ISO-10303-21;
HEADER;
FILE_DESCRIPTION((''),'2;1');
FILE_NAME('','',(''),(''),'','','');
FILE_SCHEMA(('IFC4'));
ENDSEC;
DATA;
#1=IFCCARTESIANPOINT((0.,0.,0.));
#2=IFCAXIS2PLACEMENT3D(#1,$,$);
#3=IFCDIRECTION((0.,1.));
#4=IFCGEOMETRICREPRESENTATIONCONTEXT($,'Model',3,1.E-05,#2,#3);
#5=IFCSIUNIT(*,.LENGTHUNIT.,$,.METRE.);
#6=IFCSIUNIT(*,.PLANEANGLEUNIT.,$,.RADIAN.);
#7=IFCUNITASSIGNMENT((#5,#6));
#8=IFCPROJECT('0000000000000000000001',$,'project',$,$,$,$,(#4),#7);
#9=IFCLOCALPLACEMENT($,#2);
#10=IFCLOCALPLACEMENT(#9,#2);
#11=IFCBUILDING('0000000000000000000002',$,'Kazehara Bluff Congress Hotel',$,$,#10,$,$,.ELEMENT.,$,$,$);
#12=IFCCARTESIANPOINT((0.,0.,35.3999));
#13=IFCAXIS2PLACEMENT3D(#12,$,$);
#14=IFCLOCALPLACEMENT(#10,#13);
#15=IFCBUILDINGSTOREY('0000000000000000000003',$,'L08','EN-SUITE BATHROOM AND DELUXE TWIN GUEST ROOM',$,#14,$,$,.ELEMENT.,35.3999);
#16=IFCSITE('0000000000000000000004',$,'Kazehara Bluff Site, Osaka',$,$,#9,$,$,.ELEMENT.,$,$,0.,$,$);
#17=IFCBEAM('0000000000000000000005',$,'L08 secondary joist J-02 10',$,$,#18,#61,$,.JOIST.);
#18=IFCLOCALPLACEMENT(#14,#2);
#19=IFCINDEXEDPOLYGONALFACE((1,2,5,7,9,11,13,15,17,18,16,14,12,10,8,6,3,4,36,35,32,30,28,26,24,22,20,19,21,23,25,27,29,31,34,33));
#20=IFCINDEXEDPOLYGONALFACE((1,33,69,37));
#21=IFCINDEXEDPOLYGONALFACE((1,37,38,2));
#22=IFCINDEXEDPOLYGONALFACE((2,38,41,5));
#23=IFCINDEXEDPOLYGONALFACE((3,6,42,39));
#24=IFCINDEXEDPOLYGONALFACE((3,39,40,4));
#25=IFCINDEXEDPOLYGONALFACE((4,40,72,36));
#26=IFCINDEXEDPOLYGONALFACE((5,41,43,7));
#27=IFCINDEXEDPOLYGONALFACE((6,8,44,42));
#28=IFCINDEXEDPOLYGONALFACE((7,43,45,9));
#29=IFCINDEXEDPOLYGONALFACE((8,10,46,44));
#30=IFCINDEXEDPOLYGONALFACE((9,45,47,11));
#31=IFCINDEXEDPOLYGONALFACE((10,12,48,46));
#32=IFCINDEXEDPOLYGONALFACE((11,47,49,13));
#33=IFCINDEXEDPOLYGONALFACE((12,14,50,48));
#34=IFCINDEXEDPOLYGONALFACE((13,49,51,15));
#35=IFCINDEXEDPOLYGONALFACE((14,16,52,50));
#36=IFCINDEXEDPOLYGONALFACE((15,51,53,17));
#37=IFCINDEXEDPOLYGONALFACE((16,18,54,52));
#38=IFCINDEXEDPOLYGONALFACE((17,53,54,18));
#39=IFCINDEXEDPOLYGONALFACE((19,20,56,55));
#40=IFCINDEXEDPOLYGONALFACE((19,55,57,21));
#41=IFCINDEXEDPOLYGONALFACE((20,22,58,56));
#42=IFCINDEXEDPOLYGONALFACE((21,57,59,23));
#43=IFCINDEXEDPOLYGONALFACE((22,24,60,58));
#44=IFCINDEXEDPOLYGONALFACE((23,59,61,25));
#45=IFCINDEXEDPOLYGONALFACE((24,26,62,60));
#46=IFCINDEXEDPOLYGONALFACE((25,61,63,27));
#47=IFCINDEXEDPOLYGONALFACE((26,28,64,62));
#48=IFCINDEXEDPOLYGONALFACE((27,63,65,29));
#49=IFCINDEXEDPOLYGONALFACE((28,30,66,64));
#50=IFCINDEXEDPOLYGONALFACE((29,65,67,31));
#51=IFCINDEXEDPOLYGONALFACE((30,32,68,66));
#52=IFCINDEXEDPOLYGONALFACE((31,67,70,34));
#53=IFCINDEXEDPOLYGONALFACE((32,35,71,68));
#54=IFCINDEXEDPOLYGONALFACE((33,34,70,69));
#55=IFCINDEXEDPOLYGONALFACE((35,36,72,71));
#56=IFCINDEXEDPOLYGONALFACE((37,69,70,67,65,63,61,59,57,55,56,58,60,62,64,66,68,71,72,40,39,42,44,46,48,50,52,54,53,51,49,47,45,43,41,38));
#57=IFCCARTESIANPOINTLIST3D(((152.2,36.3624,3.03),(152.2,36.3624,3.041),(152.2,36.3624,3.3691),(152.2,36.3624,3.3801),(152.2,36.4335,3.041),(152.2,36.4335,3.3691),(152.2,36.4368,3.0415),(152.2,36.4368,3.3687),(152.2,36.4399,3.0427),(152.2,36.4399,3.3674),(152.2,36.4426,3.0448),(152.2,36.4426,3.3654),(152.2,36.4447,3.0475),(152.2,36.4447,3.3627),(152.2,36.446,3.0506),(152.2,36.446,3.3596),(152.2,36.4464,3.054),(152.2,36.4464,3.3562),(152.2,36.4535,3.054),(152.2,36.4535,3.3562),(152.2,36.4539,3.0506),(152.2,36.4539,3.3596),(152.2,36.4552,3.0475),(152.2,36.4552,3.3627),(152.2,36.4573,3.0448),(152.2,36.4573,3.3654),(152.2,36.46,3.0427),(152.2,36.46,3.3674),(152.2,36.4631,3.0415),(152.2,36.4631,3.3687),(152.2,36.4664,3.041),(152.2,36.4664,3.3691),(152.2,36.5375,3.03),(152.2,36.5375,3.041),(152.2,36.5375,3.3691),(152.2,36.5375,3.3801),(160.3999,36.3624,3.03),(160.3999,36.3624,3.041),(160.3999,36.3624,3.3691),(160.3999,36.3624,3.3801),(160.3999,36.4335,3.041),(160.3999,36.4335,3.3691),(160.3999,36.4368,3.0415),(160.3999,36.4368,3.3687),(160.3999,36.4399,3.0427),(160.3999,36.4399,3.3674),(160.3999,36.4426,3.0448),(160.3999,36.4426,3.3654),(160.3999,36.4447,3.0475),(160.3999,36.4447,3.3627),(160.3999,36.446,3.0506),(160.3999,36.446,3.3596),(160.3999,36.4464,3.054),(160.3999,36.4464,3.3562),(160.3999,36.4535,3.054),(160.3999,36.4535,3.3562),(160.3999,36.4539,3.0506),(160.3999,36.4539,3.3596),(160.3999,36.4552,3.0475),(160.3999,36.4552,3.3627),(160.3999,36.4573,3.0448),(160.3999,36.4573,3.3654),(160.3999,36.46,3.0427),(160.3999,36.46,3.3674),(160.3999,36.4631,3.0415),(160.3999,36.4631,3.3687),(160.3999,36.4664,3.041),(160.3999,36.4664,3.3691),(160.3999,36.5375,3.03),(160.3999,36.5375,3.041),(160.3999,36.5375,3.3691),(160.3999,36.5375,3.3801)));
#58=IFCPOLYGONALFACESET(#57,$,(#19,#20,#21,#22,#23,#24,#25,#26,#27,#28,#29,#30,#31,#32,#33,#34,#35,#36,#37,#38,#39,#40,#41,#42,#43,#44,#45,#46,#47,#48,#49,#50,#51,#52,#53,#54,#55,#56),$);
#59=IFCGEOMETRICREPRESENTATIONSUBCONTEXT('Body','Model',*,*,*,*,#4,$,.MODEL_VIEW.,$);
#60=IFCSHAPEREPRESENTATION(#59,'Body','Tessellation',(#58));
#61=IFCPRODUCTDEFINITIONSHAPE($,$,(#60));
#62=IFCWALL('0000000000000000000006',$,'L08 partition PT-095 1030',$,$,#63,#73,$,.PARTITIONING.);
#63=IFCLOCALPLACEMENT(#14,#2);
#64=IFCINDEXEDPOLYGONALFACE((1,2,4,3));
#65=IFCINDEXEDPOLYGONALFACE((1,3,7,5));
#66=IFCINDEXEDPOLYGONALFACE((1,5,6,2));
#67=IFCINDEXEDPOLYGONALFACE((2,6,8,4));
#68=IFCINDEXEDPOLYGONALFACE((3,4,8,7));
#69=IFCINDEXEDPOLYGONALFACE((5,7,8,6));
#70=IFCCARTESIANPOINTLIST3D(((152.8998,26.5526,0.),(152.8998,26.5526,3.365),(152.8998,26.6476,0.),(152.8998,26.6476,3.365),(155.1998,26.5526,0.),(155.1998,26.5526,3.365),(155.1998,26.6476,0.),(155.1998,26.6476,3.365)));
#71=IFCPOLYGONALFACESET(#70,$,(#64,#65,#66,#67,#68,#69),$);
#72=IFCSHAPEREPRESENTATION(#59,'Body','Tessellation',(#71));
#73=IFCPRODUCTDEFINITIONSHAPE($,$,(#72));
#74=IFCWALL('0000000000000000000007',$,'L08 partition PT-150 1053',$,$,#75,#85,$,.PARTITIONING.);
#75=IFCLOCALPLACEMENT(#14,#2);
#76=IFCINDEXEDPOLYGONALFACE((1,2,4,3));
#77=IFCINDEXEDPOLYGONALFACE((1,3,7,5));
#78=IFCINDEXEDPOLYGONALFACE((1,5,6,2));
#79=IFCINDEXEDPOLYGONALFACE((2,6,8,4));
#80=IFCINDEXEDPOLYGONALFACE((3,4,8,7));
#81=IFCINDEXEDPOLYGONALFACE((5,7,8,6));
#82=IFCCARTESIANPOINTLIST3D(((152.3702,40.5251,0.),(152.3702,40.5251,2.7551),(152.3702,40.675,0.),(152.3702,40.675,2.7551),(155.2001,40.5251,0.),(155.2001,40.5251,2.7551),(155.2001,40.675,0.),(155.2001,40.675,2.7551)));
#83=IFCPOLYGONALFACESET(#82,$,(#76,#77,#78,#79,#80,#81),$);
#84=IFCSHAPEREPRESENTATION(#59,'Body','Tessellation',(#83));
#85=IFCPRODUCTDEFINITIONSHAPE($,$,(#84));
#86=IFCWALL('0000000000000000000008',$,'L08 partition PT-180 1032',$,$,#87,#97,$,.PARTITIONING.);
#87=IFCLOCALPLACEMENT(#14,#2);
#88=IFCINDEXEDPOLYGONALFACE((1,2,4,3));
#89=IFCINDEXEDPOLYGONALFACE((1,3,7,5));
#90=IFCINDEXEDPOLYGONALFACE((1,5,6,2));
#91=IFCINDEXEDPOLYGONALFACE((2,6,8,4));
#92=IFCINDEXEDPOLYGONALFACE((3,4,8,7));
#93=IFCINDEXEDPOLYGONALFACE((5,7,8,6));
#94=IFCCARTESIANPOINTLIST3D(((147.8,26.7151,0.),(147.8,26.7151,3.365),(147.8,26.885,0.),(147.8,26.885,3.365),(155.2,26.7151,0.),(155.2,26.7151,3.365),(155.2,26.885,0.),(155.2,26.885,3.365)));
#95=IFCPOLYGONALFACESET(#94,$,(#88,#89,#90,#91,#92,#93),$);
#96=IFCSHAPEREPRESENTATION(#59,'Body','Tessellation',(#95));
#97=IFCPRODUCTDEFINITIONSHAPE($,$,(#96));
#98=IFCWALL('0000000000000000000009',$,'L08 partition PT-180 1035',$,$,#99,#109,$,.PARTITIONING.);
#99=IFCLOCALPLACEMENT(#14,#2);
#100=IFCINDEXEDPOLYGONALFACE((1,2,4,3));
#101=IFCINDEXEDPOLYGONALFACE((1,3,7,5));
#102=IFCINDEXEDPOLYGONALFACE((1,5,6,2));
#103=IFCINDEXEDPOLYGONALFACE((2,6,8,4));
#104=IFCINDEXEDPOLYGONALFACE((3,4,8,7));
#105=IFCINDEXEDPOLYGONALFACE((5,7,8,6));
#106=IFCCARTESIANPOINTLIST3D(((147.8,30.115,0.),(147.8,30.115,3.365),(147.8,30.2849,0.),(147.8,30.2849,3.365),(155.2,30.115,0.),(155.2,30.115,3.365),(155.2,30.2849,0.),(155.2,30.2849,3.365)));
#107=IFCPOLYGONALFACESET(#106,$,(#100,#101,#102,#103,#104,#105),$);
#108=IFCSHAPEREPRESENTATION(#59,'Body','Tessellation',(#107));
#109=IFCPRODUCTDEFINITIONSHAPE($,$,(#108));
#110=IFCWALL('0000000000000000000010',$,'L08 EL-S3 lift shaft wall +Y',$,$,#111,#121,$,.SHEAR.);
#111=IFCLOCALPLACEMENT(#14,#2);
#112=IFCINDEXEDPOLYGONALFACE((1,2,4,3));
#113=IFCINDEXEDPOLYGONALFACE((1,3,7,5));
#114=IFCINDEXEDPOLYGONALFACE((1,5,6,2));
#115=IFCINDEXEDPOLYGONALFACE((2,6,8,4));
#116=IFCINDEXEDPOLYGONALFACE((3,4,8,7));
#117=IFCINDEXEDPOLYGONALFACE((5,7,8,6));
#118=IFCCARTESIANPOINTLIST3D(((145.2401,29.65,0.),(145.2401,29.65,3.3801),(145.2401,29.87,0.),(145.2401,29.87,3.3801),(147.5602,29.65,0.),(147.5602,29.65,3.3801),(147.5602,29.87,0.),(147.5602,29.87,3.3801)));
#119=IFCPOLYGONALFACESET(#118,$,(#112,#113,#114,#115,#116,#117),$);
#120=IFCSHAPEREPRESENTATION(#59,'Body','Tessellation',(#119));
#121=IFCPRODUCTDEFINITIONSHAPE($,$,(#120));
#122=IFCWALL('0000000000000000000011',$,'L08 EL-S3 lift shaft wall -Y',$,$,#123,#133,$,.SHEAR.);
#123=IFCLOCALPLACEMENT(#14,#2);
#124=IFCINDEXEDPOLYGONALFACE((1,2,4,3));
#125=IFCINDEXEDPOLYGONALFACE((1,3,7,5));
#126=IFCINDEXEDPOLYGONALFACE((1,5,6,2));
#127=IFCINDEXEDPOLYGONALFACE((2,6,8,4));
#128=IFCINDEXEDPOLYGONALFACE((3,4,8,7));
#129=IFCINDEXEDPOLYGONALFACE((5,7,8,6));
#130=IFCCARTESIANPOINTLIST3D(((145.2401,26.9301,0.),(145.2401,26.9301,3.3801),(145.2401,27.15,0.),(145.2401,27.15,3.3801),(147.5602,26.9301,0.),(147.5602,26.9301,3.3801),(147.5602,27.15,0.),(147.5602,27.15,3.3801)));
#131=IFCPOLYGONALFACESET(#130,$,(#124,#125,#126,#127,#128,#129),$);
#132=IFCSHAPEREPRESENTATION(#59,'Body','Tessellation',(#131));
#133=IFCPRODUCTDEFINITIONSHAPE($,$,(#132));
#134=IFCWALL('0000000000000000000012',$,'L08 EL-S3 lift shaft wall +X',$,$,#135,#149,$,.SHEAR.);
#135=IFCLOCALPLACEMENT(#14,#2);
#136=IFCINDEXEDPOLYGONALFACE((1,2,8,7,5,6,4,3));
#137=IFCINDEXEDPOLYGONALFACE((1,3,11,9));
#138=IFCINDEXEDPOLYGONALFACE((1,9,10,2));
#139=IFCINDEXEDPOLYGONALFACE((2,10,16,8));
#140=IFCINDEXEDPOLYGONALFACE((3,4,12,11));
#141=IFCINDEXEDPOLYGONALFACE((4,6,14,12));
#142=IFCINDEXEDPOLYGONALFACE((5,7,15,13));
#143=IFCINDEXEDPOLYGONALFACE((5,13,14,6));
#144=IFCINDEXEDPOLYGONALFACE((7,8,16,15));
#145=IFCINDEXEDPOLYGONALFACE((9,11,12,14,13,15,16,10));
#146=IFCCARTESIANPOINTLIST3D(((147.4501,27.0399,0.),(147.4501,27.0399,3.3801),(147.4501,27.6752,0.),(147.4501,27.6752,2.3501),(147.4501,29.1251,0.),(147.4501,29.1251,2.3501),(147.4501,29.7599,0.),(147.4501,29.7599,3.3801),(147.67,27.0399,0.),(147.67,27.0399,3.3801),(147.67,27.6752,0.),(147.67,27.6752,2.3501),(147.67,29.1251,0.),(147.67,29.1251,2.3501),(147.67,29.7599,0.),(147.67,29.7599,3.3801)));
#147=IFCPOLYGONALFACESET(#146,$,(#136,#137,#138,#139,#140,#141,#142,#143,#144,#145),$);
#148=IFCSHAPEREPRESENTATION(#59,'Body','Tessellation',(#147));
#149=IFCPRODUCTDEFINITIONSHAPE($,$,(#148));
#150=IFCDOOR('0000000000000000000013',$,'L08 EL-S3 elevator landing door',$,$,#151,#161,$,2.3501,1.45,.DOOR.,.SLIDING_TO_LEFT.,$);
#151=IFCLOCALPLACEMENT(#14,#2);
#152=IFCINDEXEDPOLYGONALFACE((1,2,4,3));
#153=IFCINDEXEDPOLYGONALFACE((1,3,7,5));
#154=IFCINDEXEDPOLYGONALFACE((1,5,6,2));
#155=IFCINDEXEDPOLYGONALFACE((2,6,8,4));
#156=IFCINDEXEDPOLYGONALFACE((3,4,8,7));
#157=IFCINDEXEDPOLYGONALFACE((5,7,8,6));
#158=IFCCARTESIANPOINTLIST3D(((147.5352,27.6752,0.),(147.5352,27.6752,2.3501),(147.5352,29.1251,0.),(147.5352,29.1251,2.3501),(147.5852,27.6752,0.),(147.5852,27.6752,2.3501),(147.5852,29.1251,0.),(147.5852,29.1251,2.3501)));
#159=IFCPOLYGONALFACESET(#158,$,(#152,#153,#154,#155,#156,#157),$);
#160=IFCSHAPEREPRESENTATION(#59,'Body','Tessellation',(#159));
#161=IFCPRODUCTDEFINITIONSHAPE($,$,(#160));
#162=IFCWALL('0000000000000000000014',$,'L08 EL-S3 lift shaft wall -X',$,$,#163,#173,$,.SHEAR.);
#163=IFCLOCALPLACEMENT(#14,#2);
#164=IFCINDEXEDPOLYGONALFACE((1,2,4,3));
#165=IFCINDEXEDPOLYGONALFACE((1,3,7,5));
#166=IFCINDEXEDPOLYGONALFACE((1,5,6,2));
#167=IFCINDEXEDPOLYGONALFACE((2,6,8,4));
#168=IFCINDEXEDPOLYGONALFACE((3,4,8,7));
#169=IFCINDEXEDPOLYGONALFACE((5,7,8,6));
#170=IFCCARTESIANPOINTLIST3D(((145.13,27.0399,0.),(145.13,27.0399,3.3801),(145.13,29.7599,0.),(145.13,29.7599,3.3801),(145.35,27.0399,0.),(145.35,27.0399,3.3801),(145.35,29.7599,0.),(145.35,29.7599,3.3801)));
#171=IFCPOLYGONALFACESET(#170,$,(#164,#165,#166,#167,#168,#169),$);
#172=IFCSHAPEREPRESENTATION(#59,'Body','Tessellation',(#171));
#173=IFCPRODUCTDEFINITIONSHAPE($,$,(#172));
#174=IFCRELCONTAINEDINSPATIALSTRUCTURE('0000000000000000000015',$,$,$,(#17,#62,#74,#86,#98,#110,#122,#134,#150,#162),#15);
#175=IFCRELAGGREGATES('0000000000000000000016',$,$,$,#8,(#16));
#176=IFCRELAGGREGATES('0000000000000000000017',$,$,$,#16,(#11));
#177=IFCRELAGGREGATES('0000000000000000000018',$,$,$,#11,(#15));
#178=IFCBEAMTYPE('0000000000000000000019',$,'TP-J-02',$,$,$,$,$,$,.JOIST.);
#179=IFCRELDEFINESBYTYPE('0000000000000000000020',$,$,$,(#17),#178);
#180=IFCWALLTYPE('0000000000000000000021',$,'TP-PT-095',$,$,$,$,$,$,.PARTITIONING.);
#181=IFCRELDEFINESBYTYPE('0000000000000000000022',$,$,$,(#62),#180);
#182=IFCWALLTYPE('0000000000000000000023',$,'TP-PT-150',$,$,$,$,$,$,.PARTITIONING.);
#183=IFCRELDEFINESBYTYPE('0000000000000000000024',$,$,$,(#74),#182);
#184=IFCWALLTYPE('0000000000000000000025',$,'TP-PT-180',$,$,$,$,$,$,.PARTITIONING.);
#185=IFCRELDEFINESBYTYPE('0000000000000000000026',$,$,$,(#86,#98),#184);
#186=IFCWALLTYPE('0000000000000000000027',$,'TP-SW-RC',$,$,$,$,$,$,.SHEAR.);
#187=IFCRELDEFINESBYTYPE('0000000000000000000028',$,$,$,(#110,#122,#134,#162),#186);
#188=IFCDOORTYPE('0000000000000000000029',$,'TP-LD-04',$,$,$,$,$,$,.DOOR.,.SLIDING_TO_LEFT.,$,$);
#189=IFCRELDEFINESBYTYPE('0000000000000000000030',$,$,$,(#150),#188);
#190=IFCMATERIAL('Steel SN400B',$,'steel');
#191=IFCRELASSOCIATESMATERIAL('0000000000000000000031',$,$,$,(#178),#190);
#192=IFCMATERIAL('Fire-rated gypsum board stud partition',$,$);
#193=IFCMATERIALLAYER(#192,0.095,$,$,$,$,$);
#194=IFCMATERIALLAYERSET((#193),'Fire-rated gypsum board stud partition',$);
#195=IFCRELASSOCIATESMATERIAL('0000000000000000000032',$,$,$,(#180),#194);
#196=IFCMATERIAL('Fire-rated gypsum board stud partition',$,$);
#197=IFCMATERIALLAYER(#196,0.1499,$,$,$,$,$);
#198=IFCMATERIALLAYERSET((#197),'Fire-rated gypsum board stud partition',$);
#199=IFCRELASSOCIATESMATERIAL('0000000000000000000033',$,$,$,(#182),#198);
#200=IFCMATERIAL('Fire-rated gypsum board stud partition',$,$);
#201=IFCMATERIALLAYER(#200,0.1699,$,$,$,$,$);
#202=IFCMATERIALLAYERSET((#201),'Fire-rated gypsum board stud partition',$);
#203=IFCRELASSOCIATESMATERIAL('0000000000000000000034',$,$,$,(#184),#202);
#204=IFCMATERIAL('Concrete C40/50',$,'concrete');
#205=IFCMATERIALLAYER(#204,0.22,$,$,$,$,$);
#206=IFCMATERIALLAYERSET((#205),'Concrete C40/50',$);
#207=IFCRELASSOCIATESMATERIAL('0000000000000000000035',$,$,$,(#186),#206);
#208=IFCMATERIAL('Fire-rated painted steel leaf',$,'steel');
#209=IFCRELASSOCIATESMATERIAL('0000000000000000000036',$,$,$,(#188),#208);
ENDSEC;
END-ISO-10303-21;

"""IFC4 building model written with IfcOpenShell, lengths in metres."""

from ifc_helpers import new_model, si_unit, direction, frame, frame_2d, origin, origin_2d, place, context, subcontext, project, spatial, rectangle, i_section, extrude, material, layer, layer_set, material_profile, profile_set, type_object, element, fill, save


model = new_model("IFC4")

# Units and contexts
model_context = context("Model", 3, precision=1e-05, world=origin(), true_north=direction((0.0, 1.0)))
body_context = subcontext(model_context, "Body", "Model", "MODEL_VIEW")
ifc_project = project(units=[si_unit("LENGTHUNIT", "METRE"), si_unit("PLANEANGLEUNIT", "RADIAN")], contexts=[model_context])

# Site, building, storey
site_placement = place(None, origin())
site = spatial("IfcSite", under=ifc_project, at=site_placement, Name="Kazehara Bluff Site, Osaka", CompositionType="ELEMENT", RefElevation=0.0)
building_placement = place(site_placement, origin())
building = spatial("IfcBuilding", under=site, at=building_placement, Name="Kazehara Bluff Congress Hotel", CompositionType="ELEMENT")
storey_placement = place(building_placement, frame((0.0, 0.0, 35.3999)))
storey = spatial("IfcBuildingStorey", under=building, at=storey_placement, Name="L08", Description="EN-SUITE BATHROOM AND DELUXE TWIN GUEST ROOM", CompositionType="ELEMENT", Elevation=35.3999)

# Beam
ifc_material_1 = material(Name="Steel SN400B", Category="steel")
ifc_material_profile_1 = material_profile(ifc_material_1, i_section(OverallWidth=0.175, OverallDepth=0.3501, WebThickness=0.0071, FlangeThickness=0.011, FilletRadius=0.0129, at=origin_2d()))
ifc_profile_set_1 = profile_set([ifc_material_profile_1], Name="Steel SN400B")
beam_type_1 = type_object("IfcBeamType", Name="TP-J-02", PredefinedType="JOIST", material=ifc_profile_set_1)
for number, where, z_axis, x_axis, name in (
    (1, (152.2, 36.45, 3.2051), (1.0, 0.0, 0.0), (0.0, 1.0, 0.0), "L08 secondary joist J-02 10"),
):
    element("IfcBeam", number, at=place(storey_placement, frame(where, z_axis=z_axis, x_axis=x_axis)), inside=storey, type_object=beam_type_1, Name=name, PredefinedType="JOIST", context=body_context, shape_type="SweptSolid", body=[
        extrude(i_section(OverallWidth=0.175, OverallDepth=0.3501, WebThickness=0.0071, FlangeThickness=0.011, FilletRadius=0.0129, at=origin_2d()), origin(), (0.0, 0.0, 1.0), 8.2),
    ])

# Wall
ifc_material_2 = material(Name="Fire-rated gypsum board stud partition")
ifc_layer_1 = layer(ifc_material_2, 0.095)
ifc_layer_set_1 = layer_set([ifc_layer_1], Name="Fire-rated gypsum board stud partition")
wall_type_1 = type_object("IfcWallType", Name="TP-PT-095", PredefinedType="PARTITIONING", material=ifc_layer_set_1)
wall_1_placement = place(storey_placement, frame((152.8999, 26.6001, 0.0), z_axis=(0.0, 0.0, 1.0), x_axis=(1.0, 0.0, 0.0)))
element("IfcWall", 2, at=wall_1_placement, inside=storey, type_object=wall_type_1, Name="L08 partition PT-095 1030", PredefinedType="PARTITIONING", context=body_context, shape_type="SweptSolid", body=[
    extrude(rectangle(XDim=2.3, YDim=0.095, at=frame_2d((1.1499, 0.0))), origin(), (0.0, 0.0, 1.0), 3.365),
])

# Shared definitions
ifc_material_3 = material(Name="Fire-rated gypsum board stud partition")
ifc_layer_2 = layer(ifc_material_3, 0.1499)
ifc_layer_set_2 = layer_set([ifc_layer_2], Name="Fire-rated gypsum board stud partition")
wall_type_2 = type_object("IfcWallType", Name="TP-PT-150", PredefinedType="PARTITIONING", material=ifc_layer_set_2)

# Walls
wall_2_placement = place(storey_placement, frame((152.3701, 40.6001, 0.0), z_axis=(0.0, 0.0, 1.0), x_axis=(1.0, 0.0, 0.0)))
element("IfcWall", 3, at=wall_2_placement, inside=storey, type_object=wall_type_2, Name="L08 partition PT-150 1053", PredefinedType="PARTITIONING", context=body_context, shape_type="SweptSolid", body=[
    extrude(rectangle(XDim=2.8298, YDim=0.1499, at=frame_2d((1.415, 0.0))), origin(), (0.0, 0.0, 1.0), 2.7551),
])
ifc_material_4 = material(Name="Fire-rated gypsum board stud partition")
ifc_layer_3 = layer(ifc_material_4, 0.1699)
ifc_layer_set_3 = layer_set([ifc_layer_3], Name="Fire-rated gypsum board stud partition")
wall_type_3 = type_object("IfcWallType", Name="TP-PT-180", PredefinedType="PARTITIONING", material=ifc_layer_set_3)
for number, where, z_axis, x_axis, name in (
    (4, (147.8, 26.8, 0.0), (0.0, 0.0, 1.0), (1.0, 0.0, 0.0), "L08 partition PT-180 1032"),
    (5, (147.8, 30.2, 0.0), (0.0, 0.0, 1.0), (1.0, 0.0, 0.0), "L08 partition PT-180 1035"),
):
    element("IfcWall", number, at=place(storey_placement, frame(where, z_axis=z_axis, x_axis=x_axis)), inside=storey, type_object=wall_type_3, Name=name, PredefinedType="PARTITIONING", context=body_context, shape_type="SweptSolid", body=[
        extrude(rectangle(XDim=7.3999, YDim=0.1699, at=frame_2d((3.7, 0.0))), origin(), (0.0, 0.0, 1.0), 3.365),
    ])
ifc_material_5 = material(Name="Concrete C40/50", Category="concrete")
ifc_layer_4 = layer(ifc_material_5, 0.22)
ifc_layer_set_4 = layer_set([ifc_layer_4], Name="Concrete C40/50")
wall_type_4 = type_object("IfcWallType", Name="TP-SW-RC", PredefinedType="SHEAR", material=ifc_layer_set_4)
for number, where, z_axis, x_axis, name in (
    (6, (145.24, 29.76, 0.0), (0.0, 0.0, 1.0), (1.0, 0.0, 0.0), "L08 EL-S3 lift shaft wall +Y"),
    (7, (145.24, 27.04, 0.0), (0.0, 0.0, 1.0), (1.0, 0.0, 0.0), "L08 EL-S3 lift shaft wall -Y"),
):
    element("IfcWall", number, at=place(storey_placement, frame(where, z_axis=z_axis, x_axis=x_axis)), inside=storey, type_object=wall_type_4, Name=name, PredefinedType="SHEAR", context=body_context, shape_type="SweptSolid", body=[
        extrude(rectangle(XDim=2.3201, YDim=0.22, at=frame_2d((1.1602, 0.0))), origin(), (0.0, 0.0, 1.0), 3.3801),
    ])

# Wall, opening, door
wall_3_placement = place(storey_placement, frame((147.5601, 27.04, 0.0), z_axis=(0.0, 0.0, 1.0), x_axis=(0.0, 1.0, 0.0)))
wall_3 = element("IfcWall", 8, at=wall_3_placement, inside=storey, type_object=wall_type_4, Name="L08 EL-S3 lift shaft wall +X", PredefinedType="SHEAR", context=body_context, shape_type="SweptSolid", body=[
    extrude(rectangle(XDim=2.72, YDim=0.22, at=frame_2d((1.3599, 0.0))), origin(), (0.0, 0.0, 1.0), 3.3801),
])
opening_1_placement = place(wall_3_placement, frame((0.635, 0.0, 0.0)))
opening_1 = element("IfcOpeningElement", 9, at=opening_1_placement, cuts=wall_3, PredefinedType="OPENING", context=body_context, shape_type="SweptSolid", body=[
    extrude(rectangle(XDim=1.45, YDim=2.3501, at=frame_2d((0.7251, 1.175))), frame((0.0, 0.1199, 0.0), z_axis=(0.0, -1.0, 0.0), x_axis=(1.0, 0.0, 0.0)), (0.0, 0.0, 1.0), 0.24),
])
ifc_material_6 = material(Name="Fire-rated painted steel leaf", Category="steel")
door_type_1 = type_object("IfcDoorType", Name="TP-LD-04", OperationType="SLIDING_TO_LEFT", PredefinedType="DOOR", material=ifc_material_6)
door_1_placement = place(opening_1_placement, origin())
door_1 = element("IfcDoor", 10, at=door_1_placement, inside=storey, type_object=door_type_1, Name="L08 EL-S3 elevator landing door", OperationType="SLIDING_TO_LEFT", OverallHeight=2.3501, OverallWidth=1.45, PredefinedType="DOOR", context=body_context, shape_type="SweptSolid", body=[
    extrude(rectangle(XDim=1.45, YDim=2.3501, at=frame_2d((0.7251, 1.175))), frame((0.0, 0.0249, 0.0), z_axis=(0.0, -1.0, 0.0), x_axis=(1.0, 0.0, 0.0)), (0.0, 0.0, 1.0), 0.05),
])
fill(opening_1, door_1)

# Wall
wall_4_placement = place(storey_placement, frame((145.24, 27.04, 0.0), z_axis=(0.0, 0.0, 1.0), x_axis=(0.0, 1.0, 0.0)))
element("IfcWall", 11, at=wall_4_placement, inside=storey, type_object=wall_type_4, Name="L08 EL-S3 lift shaft wall -X", PredefinedType="SHEAR", context=body_context, shape_type="SweptSolid", body=[
    extrude(rectangle(XDim=2.72, YDim=0.22, at=frame_2d((1.3599, 0.0))), origin(), (0.0, 0.0, 1.0), 3.3801),
])

save(model, "model.ifc")
